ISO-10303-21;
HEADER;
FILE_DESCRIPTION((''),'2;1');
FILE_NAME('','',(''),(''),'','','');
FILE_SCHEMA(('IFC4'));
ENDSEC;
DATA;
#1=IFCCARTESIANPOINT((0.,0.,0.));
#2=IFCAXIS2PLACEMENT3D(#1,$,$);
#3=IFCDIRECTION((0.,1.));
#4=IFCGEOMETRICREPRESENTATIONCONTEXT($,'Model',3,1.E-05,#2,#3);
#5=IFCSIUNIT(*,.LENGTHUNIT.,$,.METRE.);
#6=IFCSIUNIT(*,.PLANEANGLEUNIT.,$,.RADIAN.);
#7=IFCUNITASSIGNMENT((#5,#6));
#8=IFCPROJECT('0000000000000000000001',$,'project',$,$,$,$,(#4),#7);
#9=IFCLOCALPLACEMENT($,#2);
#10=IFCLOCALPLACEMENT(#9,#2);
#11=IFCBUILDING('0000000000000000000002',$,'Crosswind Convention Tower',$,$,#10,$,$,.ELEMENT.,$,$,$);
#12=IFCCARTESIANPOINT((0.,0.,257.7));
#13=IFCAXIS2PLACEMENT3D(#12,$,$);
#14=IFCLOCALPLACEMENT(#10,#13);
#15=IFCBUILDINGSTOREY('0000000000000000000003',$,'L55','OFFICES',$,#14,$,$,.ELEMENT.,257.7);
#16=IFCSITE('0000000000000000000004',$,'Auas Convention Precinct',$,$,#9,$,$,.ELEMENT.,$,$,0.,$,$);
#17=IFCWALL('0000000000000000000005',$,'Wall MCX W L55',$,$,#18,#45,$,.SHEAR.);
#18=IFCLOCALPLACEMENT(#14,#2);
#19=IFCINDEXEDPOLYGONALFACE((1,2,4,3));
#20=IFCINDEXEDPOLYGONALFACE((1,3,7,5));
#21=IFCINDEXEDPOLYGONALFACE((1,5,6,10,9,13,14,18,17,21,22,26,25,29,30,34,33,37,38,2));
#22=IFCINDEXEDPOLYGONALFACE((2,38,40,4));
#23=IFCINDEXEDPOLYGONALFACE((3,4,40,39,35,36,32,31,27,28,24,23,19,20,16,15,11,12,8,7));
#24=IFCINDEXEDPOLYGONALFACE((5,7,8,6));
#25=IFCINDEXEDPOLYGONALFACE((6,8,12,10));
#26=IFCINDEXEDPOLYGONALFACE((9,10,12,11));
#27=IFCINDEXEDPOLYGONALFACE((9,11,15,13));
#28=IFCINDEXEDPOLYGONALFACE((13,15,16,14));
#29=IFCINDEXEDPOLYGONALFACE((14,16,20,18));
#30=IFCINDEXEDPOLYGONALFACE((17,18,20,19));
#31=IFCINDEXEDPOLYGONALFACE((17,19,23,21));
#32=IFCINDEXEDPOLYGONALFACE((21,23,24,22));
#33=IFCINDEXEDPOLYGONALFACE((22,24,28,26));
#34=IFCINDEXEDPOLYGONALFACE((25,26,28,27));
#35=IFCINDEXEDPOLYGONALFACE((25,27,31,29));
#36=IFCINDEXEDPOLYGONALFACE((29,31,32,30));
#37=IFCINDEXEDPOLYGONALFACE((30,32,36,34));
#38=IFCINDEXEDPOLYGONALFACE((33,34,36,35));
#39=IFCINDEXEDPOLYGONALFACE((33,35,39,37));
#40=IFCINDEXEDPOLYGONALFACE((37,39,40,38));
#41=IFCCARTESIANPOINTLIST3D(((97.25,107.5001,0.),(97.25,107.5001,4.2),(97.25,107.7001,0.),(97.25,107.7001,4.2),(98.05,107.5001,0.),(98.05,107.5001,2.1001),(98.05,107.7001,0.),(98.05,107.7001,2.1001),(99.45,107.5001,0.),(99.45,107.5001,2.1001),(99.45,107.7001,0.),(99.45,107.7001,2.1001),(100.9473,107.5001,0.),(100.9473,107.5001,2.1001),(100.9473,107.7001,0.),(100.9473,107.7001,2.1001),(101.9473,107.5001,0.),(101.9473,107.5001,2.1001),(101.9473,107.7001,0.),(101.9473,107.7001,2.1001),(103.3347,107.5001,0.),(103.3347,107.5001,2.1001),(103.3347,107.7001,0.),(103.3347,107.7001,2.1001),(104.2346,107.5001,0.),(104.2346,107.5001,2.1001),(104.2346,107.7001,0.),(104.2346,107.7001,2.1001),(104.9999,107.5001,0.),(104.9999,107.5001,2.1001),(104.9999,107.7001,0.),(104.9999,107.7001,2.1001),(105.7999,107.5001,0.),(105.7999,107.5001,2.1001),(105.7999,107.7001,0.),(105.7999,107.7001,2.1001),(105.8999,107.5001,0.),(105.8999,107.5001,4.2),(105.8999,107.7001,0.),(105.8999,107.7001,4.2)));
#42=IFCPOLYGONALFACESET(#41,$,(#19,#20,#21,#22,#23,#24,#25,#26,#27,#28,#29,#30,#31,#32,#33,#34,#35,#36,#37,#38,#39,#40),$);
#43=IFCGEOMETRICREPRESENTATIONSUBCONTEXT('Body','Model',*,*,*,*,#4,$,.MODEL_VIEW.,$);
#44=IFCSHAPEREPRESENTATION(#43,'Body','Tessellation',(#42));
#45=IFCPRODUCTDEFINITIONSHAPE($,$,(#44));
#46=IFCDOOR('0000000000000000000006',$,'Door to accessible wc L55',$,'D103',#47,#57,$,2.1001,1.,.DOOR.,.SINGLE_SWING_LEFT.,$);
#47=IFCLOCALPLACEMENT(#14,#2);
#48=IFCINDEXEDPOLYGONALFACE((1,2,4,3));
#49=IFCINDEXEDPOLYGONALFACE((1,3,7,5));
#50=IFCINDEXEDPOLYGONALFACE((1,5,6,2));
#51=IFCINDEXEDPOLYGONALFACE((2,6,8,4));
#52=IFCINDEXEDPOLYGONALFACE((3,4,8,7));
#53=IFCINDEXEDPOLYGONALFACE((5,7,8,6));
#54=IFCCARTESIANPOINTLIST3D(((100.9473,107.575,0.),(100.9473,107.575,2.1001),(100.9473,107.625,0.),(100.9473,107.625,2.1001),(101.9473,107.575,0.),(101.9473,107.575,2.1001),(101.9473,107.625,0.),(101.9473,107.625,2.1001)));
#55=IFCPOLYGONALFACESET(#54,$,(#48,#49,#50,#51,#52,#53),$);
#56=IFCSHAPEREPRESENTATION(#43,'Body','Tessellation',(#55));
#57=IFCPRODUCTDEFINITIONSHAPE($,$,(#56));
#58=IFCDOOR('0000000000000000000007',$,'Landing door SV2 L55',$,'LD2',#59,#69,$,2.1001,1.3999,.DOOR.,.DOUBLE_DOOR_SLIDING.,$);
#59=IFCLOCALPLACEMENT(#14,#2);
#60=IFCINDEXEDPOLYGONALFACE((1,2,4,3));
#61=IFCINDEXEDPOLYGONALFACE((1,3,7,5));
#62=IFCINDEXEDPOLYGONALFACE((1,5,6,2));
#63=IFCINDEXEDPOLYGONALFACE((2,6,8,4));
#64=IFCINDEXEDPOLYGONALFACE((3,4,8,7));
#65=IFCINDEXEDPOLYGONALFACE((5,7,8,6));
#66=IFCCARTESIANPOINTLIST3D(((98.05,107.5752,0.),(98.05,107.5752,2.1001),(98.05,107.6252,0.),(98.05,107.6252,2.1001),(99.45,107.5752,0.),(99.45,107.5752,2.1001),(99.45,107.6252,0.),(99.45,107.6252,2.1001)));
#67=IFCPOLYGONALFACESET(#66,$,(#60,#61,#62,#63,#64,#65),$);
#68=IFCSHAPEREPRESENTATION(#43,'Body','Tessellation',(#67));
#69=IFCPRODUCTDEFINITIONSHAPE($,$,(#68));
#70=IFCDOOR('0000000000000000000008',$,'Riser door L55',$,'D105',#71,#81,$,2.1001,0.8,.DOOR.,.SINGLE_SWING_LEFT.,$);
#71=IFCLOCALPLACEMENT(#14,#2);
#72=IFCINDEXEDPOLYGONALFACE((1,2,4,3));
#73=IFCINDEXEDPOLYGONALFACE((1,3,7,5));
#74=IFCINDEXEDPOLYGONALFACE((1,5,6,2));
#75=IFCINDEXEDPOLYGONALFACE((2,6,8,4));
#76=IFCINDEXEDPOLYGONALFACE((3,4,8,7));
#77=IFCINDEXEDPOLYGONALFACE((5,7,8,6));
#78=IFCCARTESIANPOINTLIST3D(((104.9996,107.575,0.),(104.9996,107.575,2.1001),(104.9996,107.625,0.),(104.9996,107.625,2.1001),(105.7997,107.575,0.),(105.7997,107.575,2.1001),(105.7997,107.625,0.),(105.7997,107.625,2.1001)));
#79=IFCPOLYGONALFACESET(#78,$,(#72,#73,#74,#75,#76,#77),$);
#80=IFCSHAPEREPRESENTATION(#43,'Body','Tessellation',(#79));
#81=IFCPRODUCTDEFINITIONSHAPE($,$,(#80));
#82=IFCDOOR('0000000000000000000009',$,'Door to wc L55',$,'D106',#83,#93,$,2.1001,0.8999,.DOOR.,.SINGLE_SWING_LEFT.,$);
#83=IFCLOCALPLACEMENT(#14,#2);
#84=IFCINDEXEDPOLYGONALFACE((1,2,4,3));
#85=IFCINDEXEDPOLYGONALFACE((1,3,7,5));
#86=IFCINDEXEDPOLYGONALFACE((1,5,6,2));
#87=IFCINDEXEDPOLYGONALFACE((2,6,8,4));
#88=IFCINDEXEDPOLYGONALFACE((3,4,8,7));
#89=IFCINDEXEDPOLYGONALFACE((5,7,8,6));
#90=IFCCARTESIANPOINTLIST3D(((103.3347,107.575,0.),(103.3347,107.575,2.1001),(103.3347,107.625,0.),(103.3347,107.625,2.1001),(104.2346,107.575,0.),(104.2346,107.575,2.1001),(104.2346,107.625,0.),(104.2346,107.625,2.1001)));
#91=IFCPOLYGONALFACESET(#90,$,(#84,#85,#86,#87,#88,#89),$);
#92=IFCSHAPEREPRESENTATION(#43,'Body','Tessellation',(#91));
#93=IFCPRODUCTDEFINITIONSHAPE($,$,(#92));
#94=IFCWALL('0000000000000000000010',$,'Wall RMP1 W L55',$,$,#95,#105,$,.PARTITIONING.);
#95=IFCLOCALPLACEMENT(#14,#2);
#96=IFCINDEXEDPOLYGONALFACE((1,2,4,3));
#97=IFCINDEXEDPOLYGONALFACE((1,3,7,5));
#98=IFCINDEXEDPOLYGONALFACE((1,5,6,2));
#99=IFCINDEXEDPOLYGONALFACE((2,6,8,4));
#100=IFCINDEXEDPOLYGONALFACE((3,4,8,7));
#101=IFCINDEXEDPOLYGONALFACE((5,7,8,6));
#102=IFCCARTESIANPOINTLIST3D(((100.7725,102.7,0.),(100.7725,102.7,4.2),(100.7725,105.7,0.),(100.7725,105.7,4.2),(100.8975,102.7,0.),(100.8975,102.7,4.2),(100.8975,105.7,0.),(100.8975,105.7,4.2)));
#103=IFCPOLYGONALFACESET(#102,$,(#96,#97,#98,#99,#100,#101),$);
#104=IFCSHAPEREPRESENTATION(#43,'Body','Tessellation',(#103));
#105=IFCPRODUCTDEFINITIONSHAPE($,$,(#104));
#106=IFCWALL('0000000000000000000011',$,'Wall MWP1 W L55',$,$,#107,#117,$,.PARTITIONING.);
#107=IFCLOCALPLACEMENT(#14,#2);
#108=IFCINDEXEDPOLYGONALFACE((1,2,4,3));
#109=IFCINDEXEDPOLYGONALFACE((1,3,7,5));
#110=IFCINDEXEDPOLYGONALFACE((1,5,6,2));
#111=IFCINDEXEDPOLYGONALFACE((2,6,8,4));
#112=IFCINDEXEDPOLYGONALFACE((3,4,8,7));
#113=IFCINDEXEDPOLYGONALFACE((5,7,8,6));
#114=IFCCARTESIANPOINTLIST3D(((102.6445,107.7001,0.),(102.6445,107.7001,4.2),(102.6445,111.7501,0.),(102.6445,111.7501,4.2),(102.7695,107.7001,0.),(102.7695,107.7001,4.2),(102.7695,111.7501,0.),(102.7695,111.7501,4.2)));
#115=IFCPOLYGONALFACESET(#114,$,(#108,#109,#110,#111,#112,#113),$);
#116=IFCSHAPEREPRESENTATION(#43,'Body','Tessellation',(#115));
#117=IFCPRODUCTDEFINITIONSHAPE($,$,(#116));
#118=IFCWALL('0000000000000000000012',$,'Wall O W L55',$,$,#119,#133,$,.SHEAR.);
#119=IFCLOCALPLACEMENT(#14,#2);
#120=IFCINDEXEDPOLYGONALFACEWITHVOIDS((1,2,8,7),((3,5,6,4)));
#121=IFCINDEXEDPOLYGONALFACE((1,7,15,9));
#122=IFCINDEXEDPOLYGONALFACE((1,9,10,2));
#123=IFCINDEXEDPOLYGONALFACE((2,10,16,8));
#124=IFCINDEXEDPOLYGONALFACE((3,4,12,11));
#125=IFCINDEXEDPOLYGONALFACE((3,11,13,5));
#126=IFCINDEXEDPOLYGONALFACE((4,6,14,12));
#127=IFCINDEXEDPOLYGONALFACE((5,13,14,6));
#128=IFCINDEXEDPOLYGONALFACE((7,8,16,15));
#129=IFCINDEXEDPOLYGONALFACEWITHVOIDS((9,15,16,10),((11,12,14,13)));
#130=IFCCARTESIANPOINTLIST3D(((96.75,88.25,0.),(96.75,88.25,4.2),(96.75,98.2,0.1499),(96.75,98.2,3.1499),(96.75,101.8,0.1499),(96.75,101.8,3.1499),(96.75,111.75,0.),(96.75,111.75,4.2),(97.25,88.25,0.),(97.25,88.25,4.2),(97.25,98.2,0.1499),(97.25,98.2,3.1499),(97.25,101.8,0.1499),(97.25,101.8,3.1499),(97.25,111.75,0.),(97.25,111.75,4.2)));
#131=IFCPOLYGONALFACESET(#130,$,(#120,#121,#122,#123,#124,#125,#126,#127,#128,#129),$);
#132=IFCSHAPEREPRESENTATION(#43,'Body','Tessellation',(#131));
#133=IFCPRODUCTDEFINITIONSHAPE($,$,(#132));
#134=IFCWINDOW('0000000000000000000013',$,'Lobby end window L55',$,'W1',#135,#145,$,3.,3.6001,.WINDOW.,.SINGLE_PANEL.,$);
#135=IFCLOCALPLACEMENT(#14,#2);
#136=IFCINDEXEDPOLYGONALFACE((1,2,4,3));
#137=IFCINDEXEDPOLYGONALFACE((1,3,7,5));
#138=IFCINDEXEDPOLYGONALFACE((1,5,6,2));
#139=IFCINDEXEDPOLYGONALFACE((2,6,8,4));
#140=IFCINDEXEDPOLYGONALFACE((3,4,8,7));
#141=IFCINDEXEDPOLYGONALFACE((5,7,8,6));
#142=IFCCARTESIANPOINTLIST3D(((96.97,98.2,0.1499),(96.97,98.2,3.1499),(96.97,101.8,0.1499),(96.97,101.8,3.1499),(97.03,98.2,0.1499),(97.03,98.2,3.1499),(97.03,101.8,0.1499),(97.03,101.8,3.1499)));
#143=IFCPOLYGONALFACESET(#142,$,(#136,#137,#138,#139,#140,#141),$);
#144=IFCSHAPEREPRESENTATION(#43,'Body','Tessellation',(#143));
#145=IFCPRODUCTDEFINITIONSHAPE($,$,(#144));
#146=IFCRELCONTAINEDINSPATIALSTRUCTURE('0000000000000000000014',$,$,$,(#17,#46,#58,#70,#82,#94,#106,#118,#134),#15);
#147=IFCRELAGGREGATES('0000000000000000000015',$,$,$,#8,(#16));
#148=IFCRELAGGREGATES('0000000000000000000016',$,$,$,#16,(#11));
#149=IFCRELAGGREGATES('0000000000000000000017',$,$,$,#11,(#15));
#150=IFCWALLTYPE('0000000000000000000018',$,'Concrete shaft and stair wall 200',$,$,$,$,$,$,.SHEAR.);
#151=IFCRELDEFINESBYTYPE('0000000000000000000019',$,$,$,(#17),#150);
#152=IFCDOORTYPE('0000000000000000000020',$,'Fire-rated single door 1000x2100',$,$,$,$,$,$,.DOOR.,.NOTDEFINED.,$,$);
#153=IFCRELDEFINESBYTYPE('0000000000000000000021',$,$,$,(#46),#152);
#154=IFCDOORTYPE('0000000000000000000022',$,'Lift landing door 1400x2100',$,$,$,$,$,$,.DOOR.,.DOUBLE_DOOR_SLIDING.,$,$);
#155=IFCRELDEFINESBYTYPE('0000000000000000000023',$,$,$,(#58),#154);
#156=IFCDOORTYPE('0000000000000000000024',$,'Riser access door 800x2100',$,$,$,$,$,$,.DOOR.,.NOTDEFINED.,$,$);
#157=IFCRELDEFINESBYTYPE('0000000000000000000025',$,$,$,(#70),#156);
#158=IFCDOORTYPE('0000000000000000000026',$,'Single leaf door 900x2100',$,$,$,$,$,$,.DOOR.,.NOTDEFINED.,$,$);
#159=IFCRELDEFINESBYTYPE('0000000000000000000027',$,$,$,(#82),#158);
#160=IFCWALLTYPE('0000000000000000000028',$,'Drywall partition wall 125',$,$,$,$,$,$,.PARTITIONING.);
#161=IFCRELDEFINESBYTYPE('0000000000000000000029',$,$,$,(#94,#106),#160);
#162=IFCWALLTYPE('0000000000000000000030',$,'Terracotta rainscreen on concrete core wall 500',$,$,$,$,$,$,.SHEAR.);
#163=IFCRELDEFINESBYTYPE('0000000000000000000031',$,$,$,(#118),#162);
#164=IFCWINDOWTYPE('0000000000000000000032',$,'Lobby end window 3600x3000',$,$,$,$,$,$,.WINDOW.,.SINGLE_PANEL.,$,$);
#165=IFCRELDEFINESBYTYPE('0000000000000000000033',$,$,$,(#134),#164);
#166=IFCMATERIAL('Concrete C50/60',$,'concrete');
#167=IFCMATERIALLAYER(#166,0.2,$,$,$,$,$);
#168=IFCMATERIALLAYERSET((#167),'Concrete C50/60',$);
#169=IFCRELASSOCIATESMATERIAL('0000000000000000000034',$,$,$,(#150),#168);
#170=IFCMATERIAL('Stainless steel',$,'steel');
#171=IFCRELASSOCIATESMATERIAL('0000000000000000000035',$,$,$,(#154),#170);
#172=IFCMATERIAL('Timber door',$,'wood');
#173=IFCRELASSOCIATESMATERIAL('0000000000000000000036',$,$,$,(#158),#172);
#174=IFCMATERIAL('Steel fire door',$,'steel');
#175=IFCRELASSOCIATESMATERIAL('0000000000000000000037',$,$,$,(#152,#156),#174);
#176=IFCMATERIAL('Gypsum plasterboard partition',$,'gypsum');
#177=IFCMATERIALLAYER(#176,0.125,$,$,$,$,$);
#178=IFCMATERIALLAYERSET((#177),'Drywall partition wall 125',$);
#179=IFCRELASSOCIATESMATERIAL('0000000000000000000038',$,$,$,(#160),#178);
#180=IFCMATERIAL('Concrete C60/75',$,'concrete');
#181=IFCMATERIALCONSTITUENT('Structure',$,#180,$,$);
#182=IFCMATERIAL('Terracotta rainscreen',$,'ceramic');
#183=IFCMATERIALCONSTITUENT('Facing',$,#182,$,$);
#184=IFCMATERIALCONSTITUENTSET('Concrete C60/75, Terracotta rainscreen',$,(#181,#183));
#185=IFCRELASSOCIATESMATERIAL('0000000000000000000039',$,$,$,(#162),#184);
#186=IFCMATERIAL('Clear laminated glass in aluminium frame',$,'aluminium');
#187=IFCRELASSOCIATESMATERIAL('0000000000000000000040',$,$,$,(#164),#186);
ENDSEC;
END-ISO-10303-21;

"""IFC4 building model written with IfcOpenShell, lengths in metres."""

from ifc_helpers import new_model, si_unit, direction, frame, frame_2d, origin, place, context, subcontext, project, spatial, rectangle, extrude, material, layer, layer_set, constituent, constituent_set, type_object, element, fill, save


model = new_model("IFC4")

# Units and contexts
model_context = context("Model", 3, precision=1e-05, world=origin(), true_north=direction((0.0, 1.0)))
body_context = subcontext(model_context, "Body", "Model", "MODEL_VIEW")
ifc_project = project(units=[si_unit("LENGTHUNIT", "METRE"), si_unit("PLANEANGLEUNIT", "RADIAN")], contexts=[model_context])

# Site, building, storey
site_placement = place(None, origin())
site = spatial("IfcSite", under=ifc_project, at=site_placement, Name="Auas Convention Precinct", CompositionType="ELEMENT", RefElevation=0.0)
building_placement = place(site_placement, origin())
building = spatial("IfcBuilding", under=site, at=building_placement, Name="Crosswind Convention Tower", CompositionType="ELEMENT")
storey_placement = place(building_placement, frame((0.0, 0.0, 257.7)))
storey = spatial("IfcBuildingStorey", under=building, at=storey_placement, Name="L55", Description="OFFICES", CompositionType="ELEMENT", Elevation=257.7)

# Shared definitions
ifc_material_1 = material(Name="Concrete C50/60", Category="concrete")
ifc_layer_1 = layer(ifc_material_1, 0.2)
ifc_layer_set_1 = layer_set([ifc_layer_1], Name="Concrete C50/60")
wall_type_1 = type_object("IfcWallType", Name="Concrete shaft and stair wall 200", PredefinedType="SHEAR", material=ifc_layer_set_1)

# Shared definitions
ifc_material_2 = material(Name="Stainless steel", Category="steel")
door_type_1 = type_object("IfcDoorType", Name="Lift landing door 1400x2100", OperationType="DOUBLE_DOOR_SLIDING", PredefinedType="DOOR", material=ifc_material_2)

# Shared definitions
ifc_material_3 = material(Name="Timber door", Category="wood")
door_type_2 = type_object("IfcDoorType", Name="Single leaf door 900x2100", OperationType="NOTDEFINED", PredefinedType="DOOR", material=ifc_material_3)

# Wall, openings, doors
wall_1_placement = place(storey_placement, frame((105.8999, 107.6001, 0.0), z_axis=(0.0, 0.0, 1.0), x_axis=(-1.0, 0.0, 0.0)))
wall_1 = element("IfcWall", 1, at=wall_1_placement, inside=storey, type_object=wall_type_1, Name="Wall MCX W L55", PredefinedType="SHEAR", context=body_context, shape_type="SweptSolid", body=[
    extrude(rectangle(XDim=8.6499, YDim=0.2, at=frame_2d((4.325, 0.0))), origin(), (0.0, 0.0, 1.0), 4.2),
])
opening_1_placement = place(wall_1_placement, frame((0.1001, 0.0, 0.0)))
opening_1 = element("IfcOpeningElement", 2, at=opening_1_placement, cuts=wall_1, PredefinedType="OPENING", context=body_context, shape_type="SweptSolid", body=[
    extrude(rectangle(XDim=0.8, YDim=2.1001, at=frame_2d((0.3999, 1.05))), frame((0.0, 0.1099, 0.0), z_axis=(0.0, -1.0, 0.0), x_axis=(1.0, 0.0, 0.0)), (0.0, 0.0, 1.0), 0.22),
])
opening_2_placement = place(wall_1_placement, frame((1.6653, 0.0, 0.0)))
opening_2 = element("IfcOpeningElement", 3, at=opening_2_placement, cuts=wall_1, PredefinedType="OPENING", context=body_context, shape_type="SweptSolid", body=[
    extrude(rectangle(XDim=0.8999, YDim=2.1001, at=frame_2d((0.45, 1.05))), frame((0.0, 0.1099, 0.0), z_axis=(0.0, -1.0, 0.0), x_axis=(1.0, 0.0, 0.0)), (0.0, 0.0, 1.0), 0.22),
])
opening_3_placement = place(wall_1_placement, frame((3.9526, 0.0, 0.0)))
opening_3 = element("IfcOpeningElement", 4, at=opening_3_placement, cuts=wall_1, PredefinedType="OPENING", context=body_context, shape_type="SweptSolid", body=[
    extrude(rectangle(XDim=1.0, YDim=2.1001, at=frame_2d((0.5, 1.05))), frame((0.0, 0.1099, 0.0), z_axis=(0.0, -1.0, 0.0), x_axis=(1.0, 0.0, 0.0)), (0.0, 0.0, 1.0), 0.22),
])
opening_4_placement = place(wall_1_placement, frame((6.45, 0.0, 0.0)))
opening_4 = element("IfcOpeningElement", 5, at=opening_4_placement, cuts=wall_1, PredefinedType="OPENING", context=body_context, shape_type="SweptSolid", body=[
    extrude(rectangle(XDim=1.3999, YDim=2.1001, at=frame_2d((0.7, 1.05))), frame((0.0, 0.1099, 0.0), z_axis=(0.0, -1.0, 0.0), x_axis=(1.0, 0.0, 0.0)), (0.0, 0.0, 1.0), 0.22),
])
ifc_material_4 = material(Name="Steel fire door", Category="steel")
door_type_3 = type_object("IfcDoorType", Name="Fire-rated single door 1000x2100", OperationType="NOTDEFINED", PredefinedType="DOOR", material=ifc_material_4)
door_1_placement = place(opening_3_placement, frame((1.0, 0.0, 0.0), z_axis=(0.0, 0.0, 1.0), x_axis=(-1.0, 0.0, 0.0)))
door_1 = element("IfcDoor", 6, at=door_1_placement, inside=storey, type_object=door_type_3, Name="Door to accessible wc L55", ObjectType="D103", OperationType="SINGLE_SWING_LEFT", OverallHeight=2.1001, OverallWidth=1.0, PredefinedType="DOOR", context=body_context, shape_type="SweptSolid", body=[
    extrude(rectangle(XDim=1.0, YDim=2.1001, at=frame_2d((0.5, 1.05))), frame((0.0, 0.0249, 0.0), z_axis=(0.0, -1.0, 0.0), x_axis=(1.0, 0.0, 0.0)), (0.0, 0.0, 1.0), 0.05),
])
fill(opening_3, door_1)
door_2_placement = place(opening_4_placement, origin())
door_2 = element("IfcDoor", 7, at=door_2_placement, inside=storey, type_object=door_type_1, Name="Landing door SV2 L55", ObjectType="LD2", OperationType="DOUBLE_DOOR_SLIDING", OverallHeight=2.1001, OverallWidth=1.3999, PredefinedType="DOOR", context=body_context, shape_type="SweptSolid", body=[
    extrude(rectangle(XDim=1.3999, YDim=2.1001, at=frame_2d((0.7, 1.05))), frame((0.0, 0.0249, 0.0), z_axis=(0.0, -1.0, 0.0), x_axis=(1.0, 0.0, 0.0)), (0.0, 0.0, 1.0), 0.05),
])
fill(opening_4, door_2)
door_type_4 = type_object("IfcDoorType", Name="Riser access door 800x2100", OperationType="NOTDEFINED", PredefinedType="DOOR", material=ifc_material_4)
door_3_placement = place(opening_1_placement, frame((0.8, 0.0, 0.0), z_axis=(0.0, 0.0, 1.0), x_axis=(-1.0, 0.0, 0.0)))
door_3 = element("IfcDoor", 8, at=door_3_placement, inside=storey, type_object=door_type_4, Name="Riser door L55", ObjectType="D105", OperationType="SINGLE_SWING_LEFT", OverallHeight=2.1001, OverallWidth=0.8, PredefinedType="DOOR", context=body_context, shape_type="SweptSolid", body=[
    extrude(rectangle(XDim=0.8, YDim=2.1001, at=frame_2d((0.3999, 1.05))), frame((0.0, 0.0249, 0.0), z_axis=(0.0, -1.0, 0.0), x_axis=(1.0, 0.0, 0.0)), (0.0, 0.0, 1.0), 0.05),
])
fill(opening_1, door_3)
door_4_placement = place(opening_2_placement, frame((0.8999, 0.0, 0.0), z_axis=(0.0, 0.0, 1.0), x_axis=(-1.0, 0.0, 0.0)))
door_4 = element("IfcDoor", 9, at=door_4_placement, inside=storey, type_object=door_type_2, Name="Door to wc L55", ObjectType="D106", OperationType="SINGLE_SWING_LEFT", OverallHeight=2.1001, OverallWidth=0.8999, PredefinedType="DOOR", context=body_context, shape_type="SweptSolid", body=[
    extrude(rectangle(XDim=0.8999, YDim=2.1001, at=frame_2d((0.45, 1.05))), frame((0.0, 0.0249, 0.0), z_axis=(0.0, -1.0, 0.0), x_axis=(1.0, 0.0, 0.0)), (0.0, 0.0, 1.0), 0.05),
])
fill(opening_2, door_4)

# Walls
ifc_material_5 = material(Name="Gypsum plasterboard partition", Category="gypsum")
ifc_layer_2 = layer(ifc_material_5, 0.125)
ifc_layer_set_2 = layer_set([ifc_layer_2], Name="Drywall partition wall 125")
wall_type_2 = type_object("IfcWallType", Name="Drywall partition wall 125", PredefinedType="PARTITIONING", material=ifc_layer_set_2)
wall_2_placement = place(storey_placement, frame((100.835, 105.7, 0.0), z_axis=(0.0, 0.0, 1.0), x_axis=(0.0, -1.0, 0.0)))
element("IfcWall", 10, at=wall_2_placement, inside=storey, type_object=wall_type_2, Name="Wall RMP1 W L55", PredefinedType="PARTITIONING", context=body_context, shape_type="SweptSolid", body=[
    extrude(rectangle(XDim=3.0, YDim=0.125, at=frame_2d((1.5, 0.0))), origin(), (0.0, 0.0, 1.0), 4.2),
])
wall_3_placement = place(storey_placement, frame((102.707, 111.75, 0.0), z_axis=(0.0, 0.0, 1.0), x_axis=(0.0, -1.0, 0.0)))
element("IfcWall", 11, at=wall_3_placement, inside=storey, type_object=wall_type_2, Name="Wall MWP1 W L55", PredefinedType="PARTITIONING", context=body_context, shape_type="SweptSolid", body=[
    extrude(rectangle(XDim=4.05, YDim=0.125, at=frame_2d((2.0249, 0.0))), origin(), (0.0, 0.0, 1.0), 4.2),
])

# Wall, opening, window
ifc_material_6 = material(Name="Concrete C60/75", Category="concrete")
ifc_constituent_1 = constituent(ifc_material_6, Name="Structure")
ifc_material_7 = material(Name="Terracotta rainscreen", Category="ceramic")
ifc_constituent_2 = constituent(ifc_material_7, Name="Facing")
ifc_constituent_set = constituent_set(constituents=[ifc_constituent_1, ifc_constituent_2], Name="Concrete C60/75, Terracotta rainscreen")
wall_type_3 = type_object("IfcWallType", Name="Terracotta rainscreen on concrete core wall 500", PredefinedType="SHEAR", material=ifc_constituent_set)
wall_4_placement = place(storey_placement, frame((97.0, 111.75, 0.0), z_axis=(0.0, 0.0, 1.0), x_axis=(0.0, -1.0, 0.0)))
wall_4 = element("IfcWall", 12, at=wall_4_placement, inside=storey, type_object=wall_type_3, Name="Wall O W L55", PredefinedType="SHEAR", context=body_context, shape_type="SweptSolid", body=[
    extrude(rectangle(XDim=23.5, YDim=0.5, at=frame_2d((11.75, 0.0))), origin(), (0.0, 0.0, 1.0), 4.2),
])
opening_5_placement = place(wall_4_placement, frame((9.95, 0.0, 0.1499)))
opening_5 = element("IfcOpeningElement", 13, at=opening_5_placement, cuts=wall_4, PredefinedType="OPENING", context=body_context, shape_type="SweptSolid", body=[
    extrude(rectangle(XDim=3.6001, YDim=3.0, at=frame_2d((1.8, 1.5))), frame((0.0, 0.26, 0.0), z_axis=(0.0, -1.0, 0.0), x_axis=(1.0, 0.0, 0.0)), (0.0, 0.0, 1.0), 0.52),
])
ifc_material_8 = material(Name="Clear laminated glass in aluminium frame", Category="aluminium")
window_type = type_object("IfcWindowType", Name="Lobby end window 3600x3000", PartitioningType="SINGLE_PANEL", PredefinedType="WINDOW", material=ifc_material_8)
window_placement = place(opening_5_placement, origin())
window = element("IfcWindow", 14, at=window_placement, inside=storey, type_object=window_type, Name="Lobby end window L55", ObjectType="W1", OverallHeight=3.0, OverallWidth=3.6001, PartitioningType="SINGLE_PANEL", PredefinedType="WINDOW", context=body_context, shape_type="SweptSolid", body=[
    extrude(rectangle(XDim=3.6001, YDim=3.0, at=frame_2d((1.8, 1.5))), frame((0.0, 0.03, 0.0), z_axis=(0.0, -1.0, 0.0), x_axis=(1.0, 0.0, 0.0)), (0.0, 0.0, 1.0), 0.0601),
])
fill(opening_5, window)

save(model, "model.ifc")
